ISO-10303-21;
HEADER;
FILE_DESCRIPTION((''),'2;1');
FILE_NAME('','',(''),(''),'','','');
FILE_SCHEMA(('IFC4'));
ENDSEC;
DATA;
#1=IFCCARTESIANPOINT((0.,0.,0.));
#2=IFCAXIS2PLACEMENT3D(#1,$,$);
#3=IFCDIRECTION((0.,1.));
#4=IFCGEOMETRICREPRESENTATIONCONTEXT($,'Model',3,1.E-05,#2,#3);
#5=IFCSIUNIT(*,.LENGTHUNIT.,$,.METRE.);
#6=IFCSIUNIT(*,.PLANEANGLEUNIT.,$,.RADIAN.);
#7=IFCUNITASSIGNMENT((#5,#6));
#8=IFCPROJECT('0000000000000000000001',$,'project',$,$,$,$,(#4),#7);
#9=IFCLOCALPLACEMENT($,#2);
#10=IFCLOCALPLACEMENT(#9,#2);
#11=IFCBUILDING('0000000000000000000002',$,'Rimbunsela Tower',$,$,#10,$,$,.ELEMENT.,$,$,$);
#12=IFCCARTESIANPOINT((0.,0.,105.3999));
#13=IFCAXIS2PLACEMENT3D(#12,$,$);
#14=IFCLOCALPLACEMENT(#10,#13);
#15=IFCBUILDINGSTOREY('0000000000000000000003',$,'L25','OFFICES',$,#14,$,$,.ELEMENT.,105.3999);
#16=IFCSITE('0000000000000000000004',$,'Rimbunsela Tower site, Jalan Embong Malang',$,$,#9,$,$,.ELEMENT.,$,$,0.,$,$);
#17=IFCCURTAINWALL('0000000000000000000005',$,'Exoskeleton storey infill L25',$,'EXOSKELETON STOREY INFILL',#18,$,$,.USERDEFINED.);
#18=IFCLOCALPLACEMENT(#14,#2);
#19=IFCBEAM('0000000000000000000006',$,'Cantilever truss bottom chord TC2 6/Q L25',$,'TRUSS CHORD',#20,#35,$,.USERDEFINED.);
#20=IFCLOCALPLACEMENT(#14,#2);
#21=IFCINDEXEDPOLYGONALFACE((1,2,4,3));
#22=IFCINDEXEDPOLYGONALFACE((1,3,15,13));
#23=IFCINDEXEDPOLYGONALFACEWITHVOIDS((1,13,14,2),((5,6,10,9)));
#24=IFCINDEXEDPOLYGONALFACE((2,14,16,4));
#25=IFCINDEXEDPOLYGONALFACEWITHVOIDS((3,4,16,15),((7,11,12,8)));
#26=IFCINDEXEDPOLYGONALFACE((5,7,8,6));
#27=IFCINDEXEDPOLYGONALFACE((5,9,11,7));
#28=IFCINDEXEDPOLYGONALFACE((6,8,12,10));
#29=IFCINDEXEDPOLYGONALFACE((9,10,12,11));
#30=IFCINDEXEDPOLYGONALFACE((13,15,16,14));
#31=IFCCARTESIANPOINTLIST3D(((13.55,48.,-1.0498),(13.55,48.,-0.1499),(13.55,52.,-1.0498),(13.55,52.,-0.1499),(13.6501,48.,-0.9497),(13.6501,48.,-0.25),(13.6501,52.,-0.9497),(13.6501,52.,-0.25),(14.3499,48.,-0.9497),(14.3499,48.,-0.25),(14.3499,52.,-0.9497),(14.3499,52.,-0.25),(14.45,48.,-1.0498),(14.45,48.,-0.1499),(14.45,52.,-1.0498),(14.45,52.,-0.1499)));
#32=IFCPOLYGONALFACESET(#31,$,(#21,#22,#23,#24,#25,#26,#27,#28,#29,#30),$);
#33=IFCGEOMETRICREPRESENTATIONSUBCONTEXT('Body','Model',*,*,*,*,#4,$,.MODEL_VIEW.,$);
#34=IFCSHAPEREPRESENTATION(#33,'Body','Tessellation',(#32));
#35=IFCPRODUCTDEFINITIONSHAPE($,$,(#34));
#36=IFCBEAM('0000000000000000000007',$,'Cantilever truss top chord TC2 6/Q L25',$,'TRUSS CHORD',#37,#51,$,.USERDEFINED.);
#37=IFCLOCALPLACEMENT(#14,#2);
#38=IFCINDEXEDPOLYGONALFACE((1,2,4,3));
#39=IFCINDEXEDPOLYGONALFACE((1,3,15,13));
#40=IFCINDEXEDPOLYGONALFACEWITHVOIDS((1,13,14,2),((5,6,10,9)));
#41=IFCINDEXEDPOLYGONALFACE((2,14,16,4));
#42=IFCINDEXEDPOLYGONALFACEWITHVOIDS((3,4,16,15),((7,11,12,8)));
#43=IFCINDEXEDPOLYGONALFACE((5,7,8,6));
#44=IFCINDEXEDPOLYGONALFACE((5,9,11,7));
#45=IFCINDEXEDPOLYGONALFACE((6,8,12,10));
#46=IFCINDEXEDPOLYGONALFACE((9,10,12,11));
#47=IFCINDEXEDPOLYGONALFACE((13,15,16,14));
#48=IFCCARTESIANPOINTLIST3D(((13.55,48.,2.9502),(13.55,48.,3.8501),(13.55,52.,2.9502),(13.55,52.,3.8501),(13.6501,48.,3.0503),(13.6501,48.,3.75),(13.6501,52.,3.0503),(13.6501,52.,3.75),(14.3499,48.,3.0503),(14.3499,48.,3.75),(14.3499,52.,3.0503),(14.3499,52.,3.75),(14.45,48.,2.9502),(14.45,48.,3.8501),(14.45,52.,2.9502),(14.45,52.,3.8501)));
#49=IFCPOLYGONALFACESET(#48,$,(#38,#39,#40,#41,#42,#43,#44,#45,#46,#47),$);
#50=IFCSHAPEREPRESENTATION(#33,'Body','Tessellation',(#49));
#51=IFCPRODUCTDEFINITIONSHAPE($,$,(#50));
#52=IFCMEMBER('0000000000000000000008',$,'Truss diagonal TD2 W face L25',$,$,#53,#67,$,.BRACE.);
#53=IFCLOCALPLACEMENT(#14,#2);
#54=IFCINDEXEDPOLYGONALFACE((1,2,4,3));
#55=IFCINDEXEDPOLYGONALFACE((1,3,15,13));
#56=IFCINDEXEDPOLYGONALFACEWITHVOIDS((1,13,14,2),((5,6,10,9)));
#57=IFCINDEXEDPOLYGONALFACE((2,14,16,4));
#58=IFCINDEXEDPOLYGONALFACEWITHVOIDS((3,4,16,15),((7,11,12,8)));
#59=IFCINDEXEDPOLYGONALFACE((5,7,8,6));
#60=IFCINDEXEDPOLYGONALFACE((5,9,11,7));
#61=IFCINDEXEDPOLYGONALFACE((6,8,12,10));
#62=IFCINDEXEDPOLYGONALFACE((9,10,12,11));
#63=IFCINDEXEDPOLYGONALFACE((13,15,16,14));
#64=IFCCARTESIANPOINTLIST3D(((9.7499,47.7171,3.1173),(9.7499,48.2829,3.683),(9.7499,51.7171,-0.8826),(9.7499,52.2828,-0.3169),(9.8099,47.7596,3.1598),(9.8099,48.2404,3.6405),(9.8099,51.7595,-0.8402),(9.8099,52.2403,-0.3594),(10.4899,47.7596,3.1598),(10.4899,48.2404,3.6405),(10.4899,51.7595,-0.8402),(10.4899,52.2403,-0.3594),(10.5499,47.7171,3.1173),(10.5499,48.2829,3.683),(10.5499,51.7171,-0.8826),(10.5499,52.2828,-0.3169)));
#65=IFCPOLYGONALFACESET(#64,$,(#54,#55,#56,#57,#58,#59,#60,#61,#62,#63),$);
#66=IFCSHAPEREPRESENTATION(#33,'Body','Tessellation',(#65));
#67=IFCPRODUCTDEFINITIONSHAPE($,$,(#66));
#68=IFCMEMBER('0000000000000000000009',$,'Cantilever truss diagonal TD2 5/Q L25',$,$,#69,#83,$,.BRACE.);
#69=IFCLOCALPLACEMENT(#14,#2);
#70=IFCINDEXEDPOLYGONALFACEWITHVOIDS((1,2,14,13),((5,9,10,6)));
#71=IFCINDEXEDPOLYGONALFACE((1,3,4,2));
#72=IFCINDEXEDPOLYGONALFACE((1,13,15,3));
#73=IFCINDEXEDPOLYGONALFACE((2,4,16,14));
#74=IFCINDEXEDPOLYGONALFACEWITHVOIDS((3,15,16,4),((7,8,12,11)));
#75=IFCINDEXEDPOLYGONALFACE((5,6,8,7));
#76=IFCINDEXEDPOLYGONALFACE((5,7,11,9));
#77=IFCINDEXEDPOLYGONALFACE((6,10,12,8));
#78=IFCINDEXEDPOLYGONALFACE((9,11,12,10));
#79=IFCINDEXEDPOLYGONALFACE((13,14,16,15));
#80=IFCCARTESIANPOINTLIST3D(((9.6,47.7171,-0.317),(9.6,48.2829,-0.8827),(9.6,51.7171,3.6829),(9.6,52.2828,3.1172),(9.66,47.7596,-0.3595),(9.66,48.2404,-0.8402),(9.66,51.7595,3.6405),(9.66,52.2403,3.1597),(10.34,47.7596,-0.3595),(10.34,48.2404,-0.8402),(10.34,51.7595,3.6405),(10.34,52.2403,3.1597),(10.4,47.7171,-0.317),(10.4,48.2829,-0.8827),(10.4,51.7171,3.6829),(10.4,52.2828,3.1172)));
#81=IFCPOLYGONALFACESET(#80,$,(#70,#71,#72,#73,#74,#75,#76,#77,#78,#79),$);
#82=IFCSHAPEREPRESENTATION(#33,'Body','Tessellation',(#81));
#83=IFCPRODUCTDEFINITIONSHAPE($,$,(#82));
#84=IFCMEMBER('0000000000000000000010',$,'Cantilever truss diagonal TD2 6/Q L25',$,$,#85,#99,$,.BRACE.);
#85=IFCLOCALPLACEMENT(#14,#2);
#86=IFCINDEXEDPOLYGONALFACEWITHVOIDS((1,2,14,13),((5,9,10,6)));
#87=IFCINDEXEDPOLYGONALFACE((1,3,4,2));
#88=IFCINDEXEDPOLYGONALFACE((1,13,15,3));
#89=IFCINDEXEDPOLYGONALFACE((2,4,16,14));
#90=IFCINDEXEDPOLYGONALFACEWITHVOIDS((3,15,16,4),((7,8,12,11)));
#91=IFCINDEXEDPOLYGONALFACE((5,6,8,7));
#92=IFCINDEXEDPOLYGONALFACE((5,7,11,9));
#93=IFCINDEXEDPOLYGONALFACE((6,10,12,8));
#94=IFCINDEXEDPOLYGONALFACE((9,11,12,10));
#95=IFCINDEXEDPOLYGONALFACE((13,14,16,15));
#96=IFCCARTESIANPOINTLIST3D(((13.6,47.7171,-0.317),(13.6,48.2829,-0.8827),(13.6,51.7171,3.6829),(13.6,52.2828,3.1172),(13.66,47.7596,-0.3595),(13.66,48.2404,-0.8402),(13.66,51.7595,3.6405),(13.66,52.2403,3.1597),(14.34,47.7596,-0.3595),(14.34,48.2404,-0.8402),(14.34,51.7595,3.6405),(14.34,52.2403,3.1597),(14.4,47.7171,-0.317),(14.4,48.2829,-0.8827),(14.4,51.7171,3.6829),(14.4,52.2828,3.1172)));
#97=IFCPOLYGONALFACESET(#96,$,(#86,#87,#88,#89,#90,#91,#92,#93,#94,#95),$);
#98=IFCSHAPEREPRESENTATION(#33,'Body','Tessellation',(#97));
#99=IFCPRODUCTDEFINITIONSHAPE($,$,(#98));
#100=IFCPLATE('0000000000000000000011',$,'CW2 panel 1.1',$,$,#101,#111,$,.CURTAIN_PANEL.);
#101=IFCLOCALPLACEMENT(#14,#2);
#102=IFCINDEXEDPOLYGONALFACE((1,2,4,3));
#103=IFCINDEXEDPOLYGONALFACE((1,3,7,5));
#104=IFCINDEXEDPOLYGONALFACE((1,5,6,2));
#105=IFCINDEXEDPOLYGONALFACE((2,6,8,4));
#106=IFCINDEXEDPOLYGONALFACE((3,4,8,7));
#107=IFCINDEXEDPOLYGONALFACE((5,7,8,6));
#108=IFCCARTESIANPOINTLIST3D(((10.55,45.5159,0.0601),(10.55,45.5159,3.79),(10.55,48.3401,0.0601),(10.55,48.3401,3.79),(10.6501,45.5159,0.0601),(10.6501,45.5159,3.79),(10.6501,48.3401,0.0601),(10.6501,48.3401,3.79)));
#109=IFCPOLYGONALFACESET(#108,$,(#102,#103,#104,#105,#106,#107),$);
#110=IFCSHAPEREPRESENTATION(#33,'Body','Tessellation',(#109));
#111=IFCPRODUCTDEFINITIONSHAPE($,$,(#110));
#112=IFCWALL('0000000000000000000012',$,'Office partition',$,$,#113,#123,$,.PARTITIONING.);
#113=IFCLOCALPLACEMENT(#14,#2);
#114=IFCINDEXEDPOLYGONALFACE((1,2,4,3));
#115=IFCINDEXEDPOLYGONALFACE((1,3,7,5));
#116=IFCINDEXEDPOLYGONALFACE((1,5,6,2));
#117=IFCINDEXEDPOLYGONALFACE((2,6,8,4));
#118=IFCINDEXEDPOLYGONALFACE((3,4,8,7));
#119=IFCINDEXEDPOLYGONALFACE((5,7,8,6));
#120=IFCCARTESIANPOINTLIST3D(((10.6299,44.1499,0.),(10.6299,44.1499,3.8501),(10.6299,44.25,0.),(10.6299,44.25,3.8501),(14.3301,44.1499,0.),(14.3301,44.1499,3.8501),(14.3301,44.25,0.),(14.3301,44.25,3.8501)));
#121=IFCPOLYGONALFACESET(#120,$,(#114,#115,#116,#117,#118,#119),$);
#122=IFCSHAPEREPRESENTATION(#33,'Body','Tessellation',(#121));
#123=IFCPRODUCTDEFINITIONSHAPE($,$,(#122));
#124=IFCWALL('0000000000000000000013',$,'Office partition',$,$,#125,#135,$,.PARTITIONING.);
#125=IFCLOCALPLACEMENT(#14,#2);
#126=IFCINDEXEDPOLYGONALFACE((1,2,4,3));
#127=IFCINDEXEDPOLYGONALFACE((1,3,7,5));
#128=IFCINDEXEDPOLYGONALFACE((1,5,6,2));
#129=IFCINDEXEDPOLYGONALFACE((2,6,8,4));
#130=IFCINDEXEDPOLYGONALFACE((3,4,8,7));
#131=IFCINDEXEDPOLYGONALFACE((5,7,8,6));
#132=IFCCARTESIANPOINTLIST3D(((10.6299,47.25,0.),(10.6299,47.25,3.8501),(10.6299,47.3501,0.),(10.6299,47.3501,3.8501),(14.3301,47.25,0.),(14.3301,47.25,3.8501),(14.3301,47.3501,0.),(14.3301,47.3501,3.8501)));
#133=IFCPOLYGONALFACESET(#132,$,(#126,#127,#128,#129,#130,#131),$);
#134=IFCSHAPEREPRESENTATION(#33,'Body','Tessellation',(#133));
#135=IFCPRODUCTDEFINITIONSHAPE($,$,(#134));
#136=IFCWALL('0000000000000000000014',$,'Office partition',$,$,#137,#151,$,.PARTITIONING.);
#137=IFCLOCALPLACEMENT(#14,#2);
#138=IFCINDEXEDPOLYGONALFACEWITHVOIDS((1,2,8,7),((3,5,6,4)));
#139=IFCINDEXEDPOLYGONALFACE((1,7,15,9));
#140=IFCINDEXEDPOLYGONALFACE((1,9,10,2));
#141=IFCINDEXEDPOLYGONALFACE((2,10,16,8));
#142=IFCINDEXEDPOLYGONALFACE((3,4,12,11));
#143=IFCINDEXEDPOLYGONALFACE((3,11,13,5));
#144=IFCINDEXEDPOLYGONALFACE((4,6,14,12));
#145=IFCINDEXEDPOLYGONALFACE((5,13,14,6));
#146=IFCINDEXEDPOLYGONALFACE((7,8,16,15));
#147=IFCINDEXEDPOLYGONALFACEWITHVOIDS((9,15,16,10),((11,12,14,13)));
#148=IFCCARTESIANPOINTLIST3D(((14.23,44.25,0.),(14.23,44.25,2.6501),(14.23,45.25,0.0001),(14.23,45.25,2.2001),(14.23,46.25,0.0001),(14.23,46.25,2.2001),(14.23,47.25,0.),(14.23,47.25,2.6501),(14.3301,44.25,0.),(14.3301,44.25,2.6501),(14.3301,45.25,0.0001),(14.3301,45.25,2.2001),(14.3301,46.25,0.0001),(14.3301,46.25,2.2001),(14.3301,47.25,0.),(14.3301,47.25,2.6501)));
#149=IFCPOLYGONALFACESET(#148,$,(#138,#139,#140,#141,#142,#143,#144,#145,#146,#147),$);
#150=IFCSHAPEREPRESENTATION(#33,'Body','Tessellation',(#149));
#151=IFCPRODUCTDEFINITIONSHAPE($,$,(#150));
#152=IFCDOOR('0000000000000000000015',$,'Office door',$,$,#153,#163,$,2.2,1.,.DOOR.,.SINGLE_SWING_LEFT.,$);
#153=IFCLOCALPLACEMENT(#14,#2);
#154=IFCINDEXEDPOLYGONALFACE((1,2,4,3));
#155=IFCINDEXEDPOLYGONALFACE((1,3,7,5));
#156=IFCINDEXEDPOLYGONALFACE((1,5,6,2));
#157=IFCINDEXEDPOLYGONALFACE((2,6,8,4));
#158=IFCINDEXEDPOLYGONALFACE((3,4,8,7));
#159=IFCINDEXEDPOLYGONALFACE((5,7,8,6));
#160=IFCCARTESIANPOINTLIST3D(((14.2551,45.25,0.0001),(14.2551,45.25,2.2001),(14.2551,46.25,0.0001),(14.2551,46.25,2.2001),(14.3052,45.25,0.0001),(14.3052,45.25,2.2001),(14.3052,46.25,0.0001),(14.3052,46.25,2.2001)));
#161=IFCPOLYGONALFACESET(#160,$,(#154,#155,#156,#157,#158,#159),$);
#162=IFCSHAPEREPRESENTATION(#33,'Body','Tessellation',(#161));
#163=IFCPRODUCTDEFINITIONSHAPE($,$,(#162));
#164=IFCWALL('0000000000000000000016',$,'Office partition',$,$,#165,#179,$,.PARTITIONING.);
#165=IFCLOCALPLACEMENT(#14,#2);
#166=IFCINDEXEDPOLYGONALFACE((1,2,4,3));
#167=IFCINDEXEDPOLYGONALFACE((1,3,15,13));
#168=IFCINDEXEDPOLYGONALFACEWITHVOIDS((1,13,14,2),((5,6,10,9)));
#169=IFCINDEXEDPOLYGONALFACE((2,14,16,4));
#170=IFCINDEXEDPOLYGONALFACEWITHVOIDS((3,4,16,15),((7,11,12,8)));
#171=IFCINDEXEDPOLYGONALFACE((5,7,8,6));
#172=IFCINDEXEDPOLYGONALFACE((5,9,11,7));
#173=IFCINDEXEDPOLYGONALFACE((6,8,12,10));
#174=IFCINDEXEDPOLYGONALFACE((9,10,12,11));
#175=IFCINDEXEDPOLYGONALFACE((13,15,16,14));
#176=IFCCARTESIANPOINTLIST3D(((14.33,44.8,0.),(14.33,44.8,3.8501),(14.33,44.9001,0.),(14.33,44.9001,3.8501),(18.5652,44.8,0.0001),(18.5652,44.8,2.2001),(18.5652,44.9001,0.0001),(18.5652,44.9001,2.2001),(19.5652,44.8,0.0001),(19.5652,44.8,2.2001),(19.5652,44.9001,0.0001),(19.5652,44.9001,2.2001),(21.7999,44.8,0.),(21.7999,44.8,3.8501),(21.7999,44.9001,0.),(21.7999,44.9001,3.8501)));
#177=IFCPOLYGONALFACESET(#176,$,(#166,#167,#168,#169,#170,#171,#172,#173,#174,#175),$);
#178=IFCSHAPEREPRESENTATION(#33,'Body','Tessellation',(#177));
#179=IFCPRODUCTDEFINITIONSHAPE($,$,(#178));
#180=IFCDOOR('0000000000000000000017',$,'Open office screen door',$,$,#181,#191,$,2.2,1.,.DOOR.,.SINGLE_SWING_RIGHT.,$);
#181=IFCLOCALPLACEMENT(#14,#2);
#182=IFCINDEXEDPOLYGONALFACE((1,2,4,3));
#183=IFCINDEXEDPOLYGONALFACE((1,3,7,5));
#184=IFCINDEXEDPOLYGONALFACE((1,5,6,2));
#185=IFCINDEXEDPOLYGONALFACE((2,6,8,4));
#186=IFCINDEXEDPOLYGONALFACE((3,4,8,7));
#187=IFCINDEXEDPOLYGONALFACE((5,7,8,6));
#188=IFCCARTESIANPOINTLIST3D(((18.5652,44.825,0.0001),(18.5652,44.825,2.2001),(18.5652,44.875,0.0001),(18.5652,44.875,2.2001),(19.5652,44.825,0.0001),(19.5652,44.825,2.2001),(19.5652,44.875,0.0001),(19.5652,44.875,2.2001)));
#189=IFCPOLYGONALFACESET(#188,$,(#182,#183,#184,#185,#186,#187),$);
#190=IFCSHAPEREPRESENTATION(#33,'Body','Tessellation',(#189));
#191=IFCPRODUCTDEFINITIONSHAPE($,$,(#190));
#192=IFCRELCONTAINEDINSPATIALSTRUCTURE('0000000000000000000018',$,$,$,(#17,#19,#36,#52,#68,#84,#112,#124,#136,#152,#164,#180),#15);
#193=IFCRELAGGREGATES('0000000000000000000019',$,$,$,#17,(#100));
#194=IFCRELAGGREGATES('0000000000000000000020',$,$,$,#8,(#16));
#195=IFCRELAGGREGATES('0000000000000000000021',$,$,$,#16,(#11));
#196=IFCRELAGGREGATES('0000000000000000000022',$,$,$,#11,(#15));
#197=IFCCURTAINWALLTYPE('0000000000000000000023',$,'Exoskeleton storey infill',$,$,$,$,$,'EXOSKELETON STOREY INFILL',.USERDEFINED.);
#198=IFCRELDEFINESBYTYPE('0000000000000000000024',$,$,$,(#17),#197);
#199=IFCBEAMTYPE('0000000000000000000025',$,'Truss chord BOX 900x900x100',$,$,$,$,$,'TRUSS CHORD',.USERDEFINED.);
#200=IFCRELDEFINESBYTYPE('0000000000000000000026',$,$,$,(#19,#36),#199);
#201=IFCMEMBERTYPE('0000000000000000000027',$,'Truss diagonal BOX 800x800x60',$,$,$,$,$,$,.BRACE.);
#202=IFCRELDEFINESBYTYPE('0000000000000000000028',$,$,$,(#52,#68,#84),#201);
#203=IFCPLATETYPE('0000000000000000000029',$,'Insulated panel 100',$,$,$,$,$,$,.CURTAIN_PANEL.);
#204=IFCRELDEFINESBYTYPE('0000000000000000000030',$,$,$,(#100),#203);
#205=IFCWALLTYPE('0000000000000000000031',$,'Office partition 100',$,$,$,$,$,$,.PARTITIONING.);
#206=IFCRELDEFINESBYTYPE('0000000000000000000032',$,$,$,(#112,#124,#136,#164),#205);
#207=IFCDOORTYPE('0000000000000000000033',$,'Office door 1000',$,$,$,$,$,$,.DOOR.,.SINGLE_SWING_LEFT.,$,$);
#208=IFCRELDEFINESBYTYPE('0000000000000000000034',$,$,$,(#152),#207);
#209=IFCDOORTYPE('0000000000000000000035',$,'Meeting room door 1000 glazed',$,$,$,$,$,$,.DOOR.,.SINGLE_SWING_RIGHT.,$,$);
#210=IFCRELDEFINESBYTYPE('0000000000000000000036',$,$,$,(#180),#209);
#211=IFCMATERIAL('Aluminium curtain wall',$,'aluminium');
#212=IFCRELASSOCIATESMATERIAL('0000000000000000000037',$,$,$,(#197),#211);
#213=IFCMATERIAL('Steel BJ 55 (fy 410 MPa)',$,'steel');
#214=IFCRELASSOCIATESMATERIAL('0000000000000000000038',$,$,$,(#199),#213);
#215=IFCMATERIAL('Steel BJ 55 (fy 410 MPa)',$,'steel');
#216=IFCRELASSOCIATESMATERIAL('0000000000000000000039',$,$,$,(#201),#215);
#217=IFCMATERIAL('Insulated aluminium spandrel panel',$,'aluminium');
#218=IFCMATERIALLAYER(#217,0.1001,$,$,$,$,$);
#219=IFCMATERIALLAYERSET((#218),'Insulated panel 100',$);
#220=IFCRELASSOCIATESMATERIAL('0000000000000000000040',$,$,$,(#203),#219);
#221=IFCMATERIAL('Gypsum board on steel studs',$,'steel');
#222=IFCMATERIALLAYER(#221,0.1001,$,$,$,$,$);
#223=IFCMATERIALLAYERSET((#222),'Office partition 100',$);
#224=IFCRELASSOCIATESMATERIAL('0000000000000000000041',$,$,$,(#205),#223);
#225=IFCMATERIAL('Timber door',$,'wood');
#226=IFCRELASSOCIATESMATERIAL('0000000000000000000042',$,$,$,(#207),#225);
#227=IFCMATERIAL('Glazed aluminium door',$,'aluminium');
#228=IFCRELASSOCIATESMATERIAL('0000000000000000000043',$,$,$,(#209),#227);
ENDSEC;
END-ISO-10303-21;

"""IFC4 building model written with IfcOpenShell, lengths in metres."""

from ifc_helpers import new_model, si_unit, direction, frame, frame_2d, origin, origin_2d, place, context, subcontext, project, spatial, rectangle, hollow_rectangle, extrude, material, layer, layer_set, material_profile, profile_set, type_object, element, fill, aggregate, save


model = new_model("IFC4")

# Units and contexts
model_context = context("Model", 3, precision=1e-05, world=origin(), true_north=direction((0.0, 1.0)))
body_context = subcontext(model_context, "Body", "Model", "MODEL_VIEW")
ifc_project = project(units=[si_unit("LENGTHUNIT", "METRE"), si_unit("PLANEANGLEUNIT", "RADIAN")], contexts=[model_context])

# Site, building, storey
site_placement = place(None, origin())
site = spatial("IfcSite", under=ifc_project, at=site_placement, Name="Rimbunsela Tower site, Jalan Embong Malang", CompositionType="ELEMENT", RefElevation=0.0)
building_placement = place(site_placement, origin())
building = spatial("IfcBuilding", under=site, at=building_placement, Name="Rimbunsela Tower", CompositionType="ELEMENT")
storey_placement = place(building_placement, frame((0.0, 0.0, 105.3999)))
storey = spatial("IfcBuildingStorey", under=building, at=storey_placement, Name="L25", Description="OFFICES", CompositionType="ELEMENT", Elevation=105.3999)

# Curtain wall
ifc_material_1 = material(Name="Aluminium curtain wall", Category="aluminium")
curtain_wall_type = type_object("IfcCurtainWallType", Name="Exoskeleton storey infill", ElementType="EXOSKELETON STOREY INFILL", PredefinedType="USERDEFINED", material=ifc_material_1)
curtain_wall_placement = place(storey_placement, origin())
curtain_wall = element("IfcCurtainWall", 1, at=curtain_wall_placement, inside=storey, type_object=curtain_wall_type, Name="Exoskeleton storey infill L25", ObjectType="EXOSKELETON STOREY INFILL", PredefinedType="USERDEFINED")

# Beams
ifc_material_2 = material(Name="Steel BJ 55 (fy 410 MPa)", Category="steel")
ifc_material_profile_1 = material_profile(ifc_material_2, hollow_rectangle(XDim=0.8999, YDim=0.8999, WallThickness=0.1001, at=origin_2d()), Name="BOX 900x900x100")
ifc_profile_set_1 = profile_set([ifc_material_profile_1], Name="Steel BJ 55 (fy 410 MPa)")
beam_type_1 = type_object("IfcBeamType", Name="Truss chord BOX 900x900x100", ElementType="TRUSS CHORD", PredefinedType="USERDEFINED", material=ifc_profile_set_1)
for number, where, z_axis, x_axis, name in (
    (2, (14.0, 48.0, -0.5999), (0.0, 1.0, 0.0), (-1.0, 0.0, 0.0), "Cantilever truss bottom chord TC2 6/Q L25"),
    (3, (14.0, 48.0, 3.4001), (0.0, 1.0, 0.0), (-1.0, 0.0, 0.0), "Cantilever truss top chord TC2 6/Q L25"),
):
    element("IfcBeam", number, at=place(storey_placement, frame(where, z_axis=z_axis, x_axis=x_axis)), inside=storey, type_object=beam_type_1, Name=name, ObjectType="TRUSS CHORD", PredefinedType="USERDEFINED", context=body_context, shape_type="SweptSolid", body=[
        extrude(hollow_rectangle(XDim=0.8999, YDim=0.8999, WallThickness=0.1001, at=origin_2d()), origin(), (0.0, 0.0, 1.0), 4.0),
    ])

# Members
ifc_material_3 = material(Name="Steel BJ 55 (fy 410 MPa)", Category="steel")
ifc_material_profile_2 = material_profile(ifc_material_3, hollow_rectangle(XDim=0.8, YDim=0.8, WallThickness=0.0601, at=origin_2d()), Name="BOX 800x800x60")
ifc_profile_set_2 = profile_set([ifc_material_profile_2], Name="Steel BJ 55 (fy 410 MPa)")
member_type_1 = type_object("IfcMemberType", Name="Truss diagonal BOX 800x800x60", PredefinedType="BRACE", material=ifc_profile_set_2)
for number, where, z_axis, x_axis, name in (
    (4, (10.1499, 48.0, 3.4001), (0.0, 0.707107, -0.707107), (-1.0, 0.0, 0.0), "Truss diagonal TD2 W face L25"),
    (5, (10.0, 48.0, -0.5999), (0.0, 0.707107, 0.707107), (-1.0, 0.0, 0.0), "Cantilever truss diagonal TD2 5/Q L25"),
    (6, (14.0, 48.0, -0.5999), (0.0, 0.707107, 0.707107), (-1.0, 0.0, 0.0), "Cantilever truss diagonal TD2 6/Q L25"),
):
    element("IfcMember", number, at=place(storey_placement, frame(where, z_axis=z_axis, x_axis=x_axis)), inside=storey, type_object=member_type_1, Name=name, PredefinedType="BRACE", context=body_context, shape_type="SweptSolid", body=[
        extrude(hollow_rectangle(XDim=0.8, YDim=0.8, WallThickness=0.0601, at=origin_2d()), origin(), (0.0, 0.0, 1.0), 5.6567),
    ])

# Plate
ifc_material_4 = material(Name="Insulated aluminium spandrel panel", Category="aluminium")
ifc_layer_1 = layer(ifc_material_4, 0.1001)
ifc_layer_set_1 = layer_set([ifc_layer_1], Name="Insulated panel 100")
plate_type = type_object("IfcPlateType", Name="Insulated panel 100", PredefinedType="CURTAIN_PANEL", material=ifc_layer_set_1)
plate_placement = place(storey_placement, frame((10.6001, 46.928, 0.0601), z_axis=(0.0, 0.0, 1.0), x_axis=(0.0, -1.0, 0.0)))
plate = element("IfcPlate", 7, at=plate_placement, type_object=plate_type, Name="CW2 panel 1.1", PredefinedType="CURTAIN_PANEL", context=body_context, shape_type="SweptSolid", body=[
    extrude(rectangle(XDim=2.8242, YDim=0.1001, at=origin_2d()), origin(), (0.0, 0.0, 1.0), 3.73),
])
aggregate(curtain_wall, [plate])

# Walls
ifc_material_5 = material(Name="Gypsum board on steel studs", Category="steel")
ifc_layer_2 = layer(ifc_material_5, 0.1001)
ifc_layer_set_2 = layer_set([ifc_layer_2], Name="Office partition 100")
wall_type = type_object("IfcWallType", Name="Office partition 100", PredefinedType="PARTITIONING", material=ifc_layer_set_2)
for number, where, z_axis, x_axis, name in (
    (8, (10.6299, 44.2, 0.0), (0.0, 0.0, 1.0), (1.0, 0.0, 0.0), "Office partition"),
    (9, (10.6299, 47.3, 0.0), (0.0, 0.0, 1.0), (1.0, 0.0, 0.0), "Office partition"),
):
    element("IfcWall", number, at=place(storey_placement, frame(where, z_axis=z_axis, x_axis=x_axis)), inside=storey, type_object=wall_type, Name=name, PredefinedType="PARTITIONING", context=body_context, shape_type="SweptSolid", body=[
        extrude(rectangle(XDim=3.7002, YDim=0.1001, at=frame_2d((1.8501, 0.0))), origin(), (0.0, 0.0, 1.0), 3.8501),
    ])

# Walls, openings, doors
wall_1_placement = place(storey_placement, frame((14.28, 44.25, 0.0), z_axis=(0.0, 0.0, 1.0), x_axis=(0.0, 1.0, 0.0)))
wall_1 = element("IfcWall", 10, at=wall_1_placement, inside=storey, type_object=wall_type, Name="Office partition", PredefinedType="PARTITIONING", context=body_context, shape_type="SweptSolid", body=[
    extrude(rectangle(XDim=3.0, YDim=0.1001, at=frame_2d((1.5, 0.0))), origin(), (0.0, 0.0, 1.0), 2.6501),
])
opening_1_placement = place(wall_1_placement, frame((1.0, 0.0, 0.0)))
opening_1 = element("IfcOpeningElement", 11, at=opening_1_placement, cuts=wall_1, PredefinedType="OPENING", context=body_context, shape_type="SweptSolid", body=[
    extrude(rectangle(XDim=1.0, YDim=2.2, at=frame_2d((0.5, 1.1001))), frame((0.0, 0.0601, 0.0), z_axis=(0.0, -1.0, 0.0), x_axis=(1.0, 0.0, 0.0)), (0.0, 0.0, 1.0), 0.1201),
])
ifc_material_6 = material(Name="Timber door", Category="wood")
door_type_1 = type_object("IfcDoorType", Name="Office door 1000", OperationType="SINGLE_SWING_LEFT", PredefinedType="DOOR", material=ifc_material_6)
door_1_placement = place(opening_1_placement, origin())
door_1 = element("IfcDoor", 12, at=door_1_placement, inside=storey, type_object=door_type_1, Name="Office door", OperationType="SINGLE_SWING_LEFT", OverallHeight=2.2, OverallWidth=1.0, PredefinedType="DOOR", context=body_context, shape_type="SweptSolid", body=[
    extrude(rectangle(XDim=1.0, YDim=2.2, at=frame_2d((0.5, 1.1001))), frame((0.0, 0.0249, 0.0), z_axis=(0.0, -1.0, 0.0), x_axis=(1.0, 0.0, 0.0)), (0.0, 0.0, 1.0), 0.05),
])
fill(opening_1, door_1)
wall_2_placement = place(storey_placement, frame((14.3301, 44.8501, 0.0), z_axis=(0.0, 0.0, 1.0), x_axis=(1.0, 0.0, 0.0)))
wall_2 = element("IfcWall", 13, at=wall_2_placement, inside=storey, type_object=wall_type, Name="Office partition", PredefinedType="PARTITIONING", context=body_context, shape_type="SweptSolid", body=[
    extrude(rectangle(XDim=7.47, YDim=0.1001, at=frame_2d((3.7349, 0.0))), origin(), (0.0, 0.0, 1.0), 3.8501),
])
opening_2_placement = place(wall_2_placement, frame((4.2351, 0.0, 0.0)))
opening_2 = element("IfcOpeningElement", 14, at=opening_2_placement, cuts=wall_2, PredefinedType="OPENING", context=body_context, shape_type="SweptSolid", body=[
    extrude(rectangle(XDim=1.0, YDim=2.2, at=frame_2d((0.5, 1.1001))), frame((0.0, 0.0601, 0.0), z_axis=(0.0, -1.0, 0.0), x_axis=(1.0, 0.0, 0.0)), (0.0, 0.0, 1.0), 0.1201),
])
ifc_material_7 = material(Name="Glazed aluminium door", Category="aluminium")
door_type_2 = type_object("IfcDoorType", Name="Meeting room door 1000 glazed", OperationType="SINGLE_SWING_RIGHT", PredefinedType="DOOR", material=ifc_material_7)
door_2_placement = place(opening_2_placement, origin())
door_2 = element("IfcDoor", 15, at=door_2_placement, inside=storey, type_object=door_type_2, Name="Open office screen door", OperationType="SINGLE_SWING_RIGHT", OverallHeight=2.2, OverallWidth=1.0, PredefinedType="DOOR", context=body_context, shape_type="SweptSolid", body=[
    extrude(rectangle(XDim=1.0, YDim=2.2, at=frame_2d((0.5, 1.1001))), frame((0.0, 0.0249, 0.0), z_axis=(0.0, -1.0, 0.0), x_axis=(1.0, 0.0, 0.0)), (0.0, 0.0, 1.0), 0.05),
])
fill(opening_2, door_2)

save(model, "model.ifc")
